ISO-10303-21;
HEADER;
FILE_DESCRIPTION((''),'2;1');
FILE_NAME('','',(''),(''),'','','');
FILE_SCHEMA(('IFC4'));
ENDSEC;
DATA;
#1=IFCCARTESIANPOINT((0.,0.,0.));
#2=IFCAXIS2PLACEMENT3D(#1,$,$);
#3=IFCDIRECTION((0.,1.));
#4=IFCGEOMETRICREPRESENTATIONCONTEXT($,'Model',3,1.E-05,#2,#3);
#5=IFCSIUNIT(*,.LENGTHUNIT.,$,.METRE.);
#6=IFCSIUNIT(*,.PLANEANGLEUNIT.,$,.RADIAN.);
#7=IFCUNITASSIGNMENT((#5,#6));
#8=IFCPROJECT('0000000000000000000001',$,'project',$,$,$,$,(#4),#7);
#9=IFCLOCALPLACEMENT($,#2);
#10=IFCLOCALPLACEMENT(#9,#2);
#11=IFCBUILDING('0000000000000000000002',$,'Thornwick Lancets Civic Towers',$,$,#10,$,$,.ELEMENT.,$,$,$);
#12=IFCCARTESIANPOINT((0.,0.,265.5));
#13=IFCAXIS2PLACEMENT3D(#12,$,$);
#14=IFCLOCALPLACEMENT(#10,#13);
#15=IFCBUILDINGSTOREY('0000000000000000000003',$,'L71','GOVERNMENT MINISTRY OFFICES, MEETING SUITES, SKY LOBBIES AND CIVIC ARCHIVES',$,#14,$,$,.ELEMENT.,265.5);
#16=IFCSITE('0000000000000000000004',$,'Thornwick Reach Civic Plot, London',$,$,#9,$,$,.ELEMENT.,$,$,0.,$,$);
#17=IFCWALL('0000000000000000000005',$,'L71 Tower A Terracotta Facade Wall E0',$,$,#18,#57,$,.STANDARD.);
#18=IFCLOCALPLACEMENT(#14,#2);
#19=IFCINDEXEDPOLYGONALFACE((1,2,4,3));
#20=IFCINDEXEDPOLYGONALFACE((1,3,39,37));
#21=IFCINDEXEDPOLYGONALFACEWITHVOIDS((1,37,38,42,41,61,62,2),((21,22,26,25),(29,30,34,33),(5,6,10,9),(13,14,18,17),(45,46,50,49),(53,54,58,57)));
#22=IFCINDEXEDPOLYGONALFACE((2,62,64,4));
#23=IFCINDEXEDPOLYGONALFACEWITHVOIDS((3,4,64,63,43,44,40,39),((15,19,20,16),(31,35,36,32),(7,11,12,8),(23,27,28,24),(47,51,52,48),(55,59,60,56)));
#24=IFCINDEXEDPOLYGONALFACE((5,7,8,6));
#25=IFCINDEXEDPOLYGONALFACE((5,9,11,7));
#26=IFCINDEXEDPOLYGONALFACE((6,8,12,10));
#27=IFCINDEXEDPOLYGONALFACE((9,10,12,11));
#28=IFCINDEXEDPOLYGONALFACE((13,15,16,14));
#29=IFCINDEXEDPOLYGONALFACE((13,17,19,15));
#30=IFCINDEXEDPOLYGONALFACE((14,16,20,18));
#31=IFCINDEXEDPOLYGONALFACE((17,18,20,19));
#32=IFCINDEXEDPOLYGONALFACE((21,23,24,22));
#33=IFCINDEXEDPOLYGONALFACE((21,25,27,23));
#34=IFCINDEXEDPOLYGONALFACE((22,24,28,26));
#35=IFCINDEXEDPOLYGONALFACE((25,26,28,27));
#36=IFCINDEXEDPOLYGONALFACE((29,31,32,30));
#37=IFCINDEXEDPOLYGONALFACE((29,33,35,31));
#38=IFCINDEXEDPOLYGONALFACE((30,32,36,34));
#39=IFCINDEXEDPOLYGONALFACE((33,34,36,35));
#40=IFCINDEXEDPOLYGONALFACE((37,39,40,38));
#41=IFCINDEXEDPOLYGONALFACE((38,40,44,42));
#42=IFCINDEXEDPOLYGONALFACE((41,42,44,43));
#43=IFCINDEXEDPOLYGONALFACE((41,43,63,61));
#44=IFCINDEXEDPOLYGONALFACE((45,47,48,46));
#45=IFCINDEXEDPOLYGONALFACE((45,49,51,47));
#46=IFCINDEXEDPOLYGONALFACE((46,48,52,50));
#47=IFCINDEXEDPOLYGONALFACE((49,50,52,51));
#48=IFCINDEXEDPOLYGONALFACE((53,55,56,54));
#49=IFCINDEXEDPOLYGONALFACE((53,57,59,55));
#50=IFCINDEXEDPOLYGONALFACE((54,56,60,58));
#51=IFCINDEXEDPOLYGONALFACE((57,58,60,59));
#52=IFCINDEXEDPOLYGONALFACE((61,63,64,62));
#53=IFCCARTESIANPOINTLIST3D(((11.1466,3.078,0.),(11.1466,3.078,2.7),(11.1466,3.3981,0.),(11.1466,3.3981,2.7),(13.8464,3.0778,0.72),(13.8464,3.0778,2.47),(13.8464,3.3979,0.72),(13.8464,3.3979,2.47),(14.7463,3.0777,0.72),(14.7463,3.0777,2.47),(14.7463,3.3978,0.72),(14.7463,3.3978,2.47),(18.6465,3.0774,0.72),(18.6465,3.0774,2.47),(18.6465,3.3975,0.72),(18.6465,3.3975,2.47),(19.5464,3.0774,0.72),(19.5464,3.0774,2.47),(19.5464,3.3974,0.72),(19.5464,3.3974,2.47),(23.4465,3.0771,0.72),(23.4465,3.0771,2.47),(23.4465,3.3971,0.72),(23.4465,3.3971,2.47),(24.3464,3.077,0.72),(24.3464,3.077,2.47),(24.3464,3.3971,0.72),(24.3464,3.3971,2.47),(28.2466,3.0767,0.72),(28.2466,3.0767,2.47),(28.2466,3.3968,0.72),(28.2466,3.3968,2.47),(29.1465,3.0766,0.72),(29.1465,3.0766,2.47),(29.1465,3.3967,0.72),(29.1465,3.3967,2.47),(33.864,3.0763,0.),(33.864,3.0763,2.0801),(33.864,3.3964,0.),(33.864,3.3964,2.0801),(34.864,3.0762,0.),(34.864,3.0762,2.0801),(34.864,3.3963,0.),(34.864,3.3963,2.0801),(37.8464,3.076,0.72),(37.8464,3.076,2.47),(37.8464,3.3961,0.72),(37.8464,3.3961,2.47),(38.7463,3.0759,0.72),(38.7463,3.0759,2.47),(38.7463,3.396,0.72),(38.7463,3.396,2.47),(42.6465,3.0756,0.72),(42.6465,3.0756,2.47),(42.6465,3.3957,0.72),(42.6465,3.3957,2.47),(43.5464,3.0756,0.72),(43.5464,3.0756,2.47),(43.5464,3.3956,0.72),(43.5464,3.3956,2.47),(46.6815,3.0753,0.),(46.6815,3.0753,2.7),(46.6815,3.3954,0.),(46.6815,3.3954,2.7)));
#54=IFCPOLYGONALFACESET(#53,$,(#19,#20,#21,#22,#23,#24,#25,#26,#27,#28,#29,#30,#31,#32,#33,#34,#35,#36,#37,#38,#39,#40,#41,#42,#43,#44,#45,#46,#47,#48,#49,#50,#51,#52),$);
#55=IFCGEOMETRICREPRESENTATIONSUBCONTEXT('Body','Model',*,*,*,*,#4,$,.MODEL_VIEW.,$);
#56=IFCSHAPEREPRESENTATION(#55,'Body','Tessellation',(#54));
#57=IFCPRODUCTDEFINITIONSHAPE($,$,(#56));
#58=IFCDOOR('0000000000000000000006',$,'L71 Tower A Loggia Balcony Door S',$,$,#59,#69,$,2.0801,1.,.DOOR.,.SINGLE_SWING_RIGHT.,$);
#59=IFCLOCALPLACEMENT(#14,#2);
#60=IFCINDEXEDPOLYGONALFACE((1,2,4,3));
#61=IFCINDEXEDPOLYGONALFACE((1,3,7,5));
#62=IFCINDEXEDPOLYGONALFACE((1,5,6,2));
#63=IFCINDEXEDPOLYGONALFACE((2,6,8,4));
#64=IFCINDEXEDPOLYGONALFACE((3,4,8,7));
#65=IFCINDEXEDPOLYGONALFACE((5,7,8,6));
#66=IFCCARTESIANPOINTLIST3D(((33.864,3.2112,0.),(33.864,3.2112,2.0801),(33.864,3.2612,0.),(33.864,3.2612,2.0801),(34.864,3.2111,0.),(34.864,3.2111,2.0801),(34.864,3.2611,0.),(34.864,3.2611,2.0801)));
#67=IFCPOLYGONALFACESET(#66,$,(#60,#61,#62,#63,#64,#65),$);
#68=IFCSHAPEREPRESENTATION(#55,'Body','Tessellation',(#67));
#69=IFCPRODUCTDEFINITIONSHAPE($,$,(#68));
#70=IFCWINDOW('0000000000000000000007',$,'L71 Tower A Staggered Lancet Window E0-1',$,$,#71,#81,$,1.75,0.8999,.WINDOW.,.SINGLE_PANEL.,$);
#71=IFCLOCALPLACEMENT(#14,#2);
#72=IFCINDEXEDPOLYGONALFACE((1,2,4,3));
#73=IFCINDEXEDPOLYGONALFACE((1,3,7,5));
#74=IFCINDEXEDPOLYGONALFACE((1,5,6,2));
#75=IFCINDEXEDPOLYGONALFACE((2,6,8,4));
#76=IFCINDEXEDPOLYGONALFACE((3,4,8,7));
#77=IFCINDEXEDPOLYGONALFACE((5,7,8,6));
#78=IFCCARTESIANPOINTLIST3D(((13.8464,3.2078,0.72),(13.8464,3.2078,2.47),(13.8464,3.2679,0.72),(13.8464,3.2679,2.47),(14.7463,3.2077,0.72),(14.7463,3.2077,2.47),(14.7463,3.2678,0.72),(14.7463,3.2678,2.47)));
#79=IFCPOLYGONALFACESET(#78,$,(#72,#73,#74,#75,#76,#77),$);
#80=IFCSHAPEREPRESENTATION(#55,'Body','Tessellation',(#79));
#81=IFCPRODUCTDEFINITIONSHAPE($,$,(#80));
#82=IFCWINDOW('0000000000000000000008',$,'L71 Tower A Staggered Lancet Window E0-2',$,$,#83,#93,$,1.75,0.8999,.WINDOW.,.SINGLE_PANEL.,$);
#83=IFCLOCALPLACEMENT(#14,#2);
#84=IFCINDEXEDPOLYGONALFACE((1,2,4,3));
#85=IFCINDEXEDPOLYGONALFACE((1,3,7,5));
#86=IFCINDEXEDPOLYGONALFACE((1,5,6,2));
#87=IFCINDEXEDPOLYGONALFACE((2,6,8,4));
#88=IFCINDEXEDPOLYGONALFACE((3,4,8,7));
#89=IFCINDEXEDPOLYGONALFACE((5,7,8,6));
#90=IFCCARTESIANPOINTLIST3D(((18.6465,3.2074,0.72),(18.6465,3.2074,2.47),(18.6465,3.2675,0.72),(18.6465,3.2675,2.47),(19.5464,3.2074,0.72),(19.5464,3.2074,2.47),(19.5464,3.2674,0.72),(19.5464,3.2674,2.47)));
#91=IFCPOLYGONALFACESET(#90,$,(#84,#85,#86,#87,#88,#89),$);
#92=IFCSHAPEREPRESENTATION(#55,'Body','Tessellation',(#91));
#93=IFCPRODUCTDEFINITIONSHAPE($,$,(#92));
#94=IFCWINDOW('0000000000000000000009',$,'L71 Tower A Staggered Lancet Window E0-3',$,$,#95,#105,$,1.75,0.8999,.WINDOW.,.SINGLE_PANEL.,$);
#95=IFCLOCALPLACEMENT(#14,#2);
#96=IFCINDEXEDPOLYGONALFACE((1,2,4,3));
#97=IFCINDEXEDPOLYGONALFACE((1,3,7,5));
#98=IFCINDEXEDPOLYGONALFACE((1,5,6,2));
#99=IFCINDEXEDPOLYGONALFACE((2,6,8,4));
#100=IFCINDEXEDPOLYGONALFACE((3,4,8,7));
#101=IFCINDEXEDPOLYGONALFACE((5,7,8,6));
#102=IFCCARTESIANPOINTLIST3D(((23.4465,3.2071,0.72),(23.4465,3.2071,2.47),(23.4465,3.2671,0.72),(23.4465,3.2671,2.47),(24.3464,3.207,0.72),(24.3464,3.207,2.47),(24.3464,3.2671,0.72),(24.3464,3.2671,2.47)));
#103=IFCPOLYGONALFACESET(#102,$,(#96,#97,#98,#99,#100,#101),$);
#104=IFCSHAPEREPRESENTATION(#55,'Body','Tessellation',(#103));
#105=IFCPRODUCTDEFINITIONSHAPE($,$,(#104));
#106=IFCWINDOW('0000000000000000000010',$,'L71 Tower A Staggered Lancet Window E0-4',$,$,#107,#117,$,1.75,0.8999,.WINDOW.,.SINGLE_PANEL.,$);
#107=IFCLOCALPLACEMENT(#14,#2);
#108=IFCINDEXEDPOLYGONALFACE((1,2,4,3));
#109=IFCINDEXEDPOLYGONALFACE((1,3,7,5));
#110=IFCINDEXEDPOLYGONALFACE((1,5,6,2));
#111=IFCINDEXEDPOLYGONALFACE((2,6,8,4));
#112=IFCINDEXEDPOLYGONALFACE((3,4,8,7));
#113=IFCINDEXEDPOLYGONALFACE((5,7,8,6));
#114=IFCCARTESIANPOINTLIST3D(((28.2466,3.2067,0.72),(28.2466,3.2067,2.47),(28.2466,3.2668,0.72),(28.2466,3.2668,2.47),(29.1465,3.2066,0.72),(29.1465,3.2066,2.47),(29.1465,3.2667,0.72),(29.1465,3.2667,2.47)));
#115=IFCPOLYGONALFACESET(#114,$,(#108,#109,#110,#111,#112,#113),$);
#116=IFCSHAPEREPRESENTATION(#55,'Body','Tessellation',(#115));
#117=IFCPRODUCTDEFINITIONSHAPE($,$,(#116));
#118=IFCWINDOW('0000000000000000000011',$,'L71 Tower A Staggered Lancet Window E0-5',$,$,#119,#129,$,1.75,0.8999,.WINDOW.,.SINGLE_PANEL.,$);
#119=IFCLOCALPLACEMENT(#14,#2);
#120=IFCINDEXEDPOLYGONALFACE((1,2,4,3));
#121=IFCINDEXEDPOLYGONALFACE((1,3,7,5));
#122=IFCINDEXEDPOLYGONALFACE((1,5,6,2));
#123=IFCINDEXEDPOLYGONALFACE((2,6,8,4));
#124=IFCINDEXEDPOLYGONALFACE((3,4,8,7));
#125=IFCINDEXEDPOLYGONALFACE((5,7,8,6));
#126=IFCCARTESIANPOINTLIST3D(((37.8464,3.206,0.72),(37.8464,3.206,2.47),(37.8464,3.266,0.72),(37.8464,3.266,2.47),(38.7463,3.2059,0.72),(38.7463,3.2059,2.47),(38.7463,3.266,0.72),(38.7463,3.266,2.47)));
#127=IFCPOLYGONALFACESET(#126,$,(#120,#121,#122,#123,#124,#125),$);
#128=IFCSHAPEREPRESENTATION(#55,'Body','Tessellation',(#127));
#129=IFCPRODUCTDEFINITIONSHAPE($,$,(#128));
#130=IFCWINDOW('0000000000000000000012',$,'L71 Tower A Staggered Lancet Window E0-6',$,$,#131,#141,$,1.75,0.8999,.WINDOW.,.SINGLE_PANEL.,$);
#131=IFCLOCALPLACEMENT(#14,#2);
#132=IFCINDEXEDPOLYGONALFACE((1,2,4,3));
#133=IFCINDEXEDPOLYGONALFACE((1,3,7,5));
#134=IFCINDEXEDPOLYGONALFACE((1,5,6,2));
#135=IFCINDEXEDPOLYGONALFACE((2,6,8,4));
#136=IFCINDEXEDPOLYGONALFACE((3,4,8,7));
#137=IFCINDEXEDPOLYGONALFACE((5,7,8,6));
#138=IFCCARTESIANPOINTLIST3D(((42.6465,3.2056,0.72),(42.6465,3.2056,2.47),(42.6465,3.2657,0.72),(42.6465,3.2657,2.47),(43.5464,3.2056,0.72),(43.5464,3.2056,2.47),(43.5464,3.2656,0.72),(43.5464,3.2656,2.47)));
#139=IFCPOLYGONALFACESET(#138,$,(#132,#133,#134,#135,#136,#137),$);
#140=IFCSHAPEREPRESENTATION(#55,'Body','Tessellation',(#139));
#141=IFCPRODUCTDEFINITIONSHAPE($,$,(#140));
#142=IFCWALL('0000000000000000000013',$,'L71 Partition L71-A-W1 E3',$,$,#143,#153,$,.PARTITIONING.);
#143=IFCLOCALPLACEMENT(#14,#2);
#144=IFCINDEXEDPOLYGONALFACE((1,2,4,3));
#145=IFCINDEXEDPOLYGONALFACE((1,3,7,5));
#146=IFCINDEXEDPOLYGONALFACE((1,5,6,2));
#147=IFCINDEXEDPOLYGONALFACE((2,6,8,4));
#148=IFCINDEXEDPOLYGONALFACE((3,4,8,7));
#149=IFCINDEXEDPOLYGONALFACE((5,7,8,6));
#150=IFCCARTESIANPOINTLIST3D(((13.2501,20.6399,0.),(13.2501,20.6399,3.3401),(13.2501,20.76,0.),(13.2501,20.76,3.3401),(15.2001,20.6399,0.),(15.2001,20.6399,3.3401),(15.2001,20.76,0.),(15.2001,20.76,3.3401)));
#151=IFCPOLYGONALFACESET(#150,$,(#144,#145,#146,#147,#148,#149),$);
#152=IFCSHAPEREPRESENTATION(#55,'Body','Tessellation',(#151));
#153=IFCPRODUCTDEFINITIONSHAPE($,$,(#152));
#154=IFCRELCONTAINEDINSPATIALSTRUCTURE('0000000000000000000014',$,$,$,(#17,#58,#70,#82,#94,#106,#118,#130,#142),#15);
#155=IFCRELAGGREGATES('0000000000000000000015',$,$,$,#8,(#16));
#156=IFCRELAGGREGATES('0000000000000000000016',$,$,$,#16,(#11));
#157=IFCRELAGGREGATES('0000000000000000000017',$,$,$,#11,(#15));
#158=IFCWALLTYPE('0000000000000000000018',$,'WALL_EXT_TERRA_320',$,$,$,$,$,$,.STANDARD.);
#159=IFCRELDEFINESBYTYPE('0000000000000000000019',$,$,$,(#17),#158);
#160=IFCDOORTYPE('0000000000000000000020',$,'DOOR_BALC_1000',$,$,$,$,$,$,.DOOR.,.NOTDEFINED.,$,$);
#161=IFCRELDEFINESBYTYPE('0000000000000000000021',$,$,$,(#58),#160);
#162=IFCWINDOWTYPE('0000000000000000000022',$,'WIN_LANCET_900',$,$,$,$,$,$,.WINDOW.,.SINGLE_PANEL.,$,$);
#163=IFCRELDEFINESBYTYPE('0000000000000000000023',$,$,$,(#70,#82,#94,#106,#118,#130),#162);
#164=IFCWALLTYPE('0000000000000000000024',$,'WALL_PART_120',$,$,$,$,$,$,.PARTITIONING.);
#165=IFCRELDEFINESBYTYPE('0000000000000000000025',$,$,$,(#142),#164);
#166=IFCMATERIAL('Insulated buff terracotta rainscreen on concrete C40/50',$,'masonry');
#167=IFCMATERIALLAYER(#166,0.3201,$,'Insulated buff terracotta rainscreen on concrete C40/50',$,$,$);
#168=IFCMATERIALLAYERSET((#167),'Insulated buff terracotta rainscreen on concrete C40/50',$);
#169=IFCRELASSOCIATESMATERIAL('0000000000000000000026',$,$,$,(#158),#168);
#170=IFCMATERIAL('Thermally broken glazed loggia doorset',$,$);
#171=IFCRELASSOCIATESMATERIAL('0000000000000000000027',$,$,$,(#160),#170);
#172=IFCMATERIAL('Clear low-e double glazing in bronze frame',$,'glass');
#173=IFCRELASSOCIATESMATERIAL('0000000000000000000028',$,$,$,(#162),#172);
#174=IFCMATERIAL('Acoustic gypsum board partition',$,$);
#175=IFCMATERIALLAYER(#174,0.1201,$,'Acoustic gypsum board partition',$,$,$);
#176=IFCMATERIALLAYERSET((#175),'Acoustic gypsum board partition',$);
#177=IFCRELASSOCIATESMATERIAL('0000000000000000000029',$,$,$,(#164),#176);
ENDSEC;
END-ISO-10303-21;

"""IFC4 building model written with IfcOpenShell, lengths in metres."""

from ifc_helpers import new_model, si_unit, direction, frame, frame_2d, origin, place, context, subcontext, project, spatial, rectangle, extrude, material, layer, layer_set, type_object, element, fill, save


model = new_model("IFC4")

# Units and contexts
model_context = context("Model", 3, precision=1e-05, world=origin(), true_north=direction((0.0, 1.0)))
body_context = subcontext(model_context, "Body", "Model", "MODEL_VIEW")
ifc_project = project(units=[si_unit("LENGTHUNIT", "METRE"), si_unit("PLANEANGLEUNIT", "RADIAN")], contexts=[model_context])

# Site, building, storey
site_placement = place(None, origin())
site = spatial("IfcSite", under=ifc_project, at=site_placement, Name="Thornwick Reach Civic Plot, London", CompositionType="ELEMENT", RefElevation=0.0)
building_placement = place(site_placement, origin())
building = spatial("IfcBuilding", under=site, at=building_placement, Name="Thornwick Lancets Civic Towers", CompositionType="ELEMENT")
storey_placement = place(building_placement, frame((0.0, 0.0, 265.5)))
storey = spatial("IfcBuildingStorey", under=building, at=storey_placement, Name="L71", Description="GOVERNMENT MINISTRY OFFICES, MEETING SUITES, SKY LOBBIES AND CIVIC ARCHIVES", CompositionType="ELEMENT", Elevation=265.5)

# Wall, openings, door, windows
ifc_material_1 = material(Name="Insulated buff terracotta rainscreen on concrete C40/50", Category="masonry")
ifc_layer_1 = layer(ifc_material_1, 0.3201, Name="Insulated buff terracotta rainscreen on concrete C40/50")
ifc_layer_set_1 = layer_set([ifc_layer_1], Name="Insulated buff terracotta rainscreen on concrete C40/50")
wall_type_1 = type_object("IfcWallType", Name="WALL_EXT_TERRA_320", PredefinedType="STANDARD", material=ifc_layer_set_1)
wall_1_placement = place(storey_placement, frame((11.1465, 3.238, 0.0), z_axis=(0.0, 0.0, 1.0), x_axis=(1.0, -0.000076, 0.0)))
wall_1 = element("IfcWall", 1, at=wall_1_placement, inside=storey, type_object=wall_type_1, Name="L71 Tower A Terracotta Facade Wall E0", PredefinedType="STANDARD", context=body_context, shape_type="SweptSolid", body=[
    extrude(rectangle(XDim=35.5349, YDim=0.3201, at=frame_2d((17.7676, 0.0))), origin(), (0.0, 0.0, 1.0), 2.7),
])
opening_1_placement = place(wall_1_placement, frame((22.7175, 0.0, 0.0)))
opening_1 = element("IfcOpeningElement", 2, at=opening_1_placement, cuts=wall_1, PredefinedType="OPENING", context=body_context, shape_type="SweptSolid", body=[
    extrude(rectangle(XDim=1.0, YDim=2.0801, at=frame_2d((0.5, 1.04))), frame((0.0, 0.1699, 0.0), z_axis=(0.0, -1.0, 0.0), x_axis=(1.0, 0.0, 0.0)), (0.0, 0.0, 1.0), 0.3401),
])
opening_2_placement = place(wall_1_placement, frame((2.7, 0.0, 0.72)))
opening_2 = element("IfcOpeningElement", 3, at=opening_2_placement, cuts=wall_1, PredefinedType="OPENING", context=body_context, shape_type="SweptSolid", body=[
    extrude(rectangle(XDim=0.8999, YDim=1.75, at=frame_2d((0.45, 0.875))), frame((0.0, 0.1699, 0.0), z_axis=(0.0, -1.0, 0.0), x_axis=(1.0, 0.0, 0.0)), (0.0, 0.0, 1.0), 0.3401),
])
opening_3_placement = place(wall_1_placement, frame((7.5, 0.0, 0.72)))
opening_3 = element("IfcOpeningElement", 4, at=opening_3_placement, cuts=wall_1, PredefinedType="OPENING", context=body_context, shape_type="SweptSolid", body=[
    extrude(rectangle(XDim=0.8999, YDim=1.75, at=frame_2d((0.45, 0.875))), frame((0.0, 0.1699, 0.0), z_axis=(0.0, -1.0, 0.0), x_axis=(1.0, 0.0, 0.0)), (0.0, 0.0, 1.0), 0.3401),
])
opening_4_placement = place(wall_1_placement, frame((12.3, 0.0, 0.72)))
opening_4 = element("IfcOpeningElement", 5, at=opening_4_placement, cuts=wall_1, PredefinedType="OPENING", context=body_context, shape_type="SweptSolid", body=[
    extrude(rectangle(XDim=0.8999, YDim=1.75, at=frame_2d((0.45, 0.875))), frame((0.0, 0.1699, 0.0), z_axis=(0.0, -1.0, 0.0), x_axis=(1.0, 0.0, 0.0)), (0.0, 0.0, 1.0), 0.3401),
])
opening_5_placement = place(wall_1_placement, frame((17.1001, 0.0, 0.72)))
opening_5 = element("IfcOpeningElement", 6, at=opening_5_placement, cuts=wall_1, PredefinedType="OPENING", context=body_context, shape_type="SweptSolid", body=[
    extrude(rectangle(XDim=0.8999, YDim=1.75, at=frame_2d((0.45, 0.875))), frame((0.0, 0.1699, 0.0), z_axis=(0.0, -1.0, 0.0), x_axis=(1.0, 0.0, 0.0)), (0.0, 0.0, 1.0), 0.3401),
])
opening_6_placement = place(wall_1_placement, frame((26.7, 0.0, 0.72)))
opening_6 = element("IfcOpeningElement", 7, at=opening_6_placement, cuts=wall_1, PredefinedType="OPENING", context=body_context, shape_type="SweptSolid", body=[
    extrude(rectangle(XDim=0.8999, YDim=1.75, at=frame_2d((0.45, 0.875))), frame((0.0, 0.1699, 0.0), z_axis=(0.0, -1.0, 0.0), x_axis=(1.0, 0.0, 0.0)), (0.0, 0.0, 1.0), 0.3401),
])
opening_7_placement = place(wall_1_placement, frame((31.5, 0.0, 0.72)))
opening_7 = element("IfcOpeningElement", 8, at=opening_7_placement, cuts=wall_1, PredefinedType="OPENING", context=body_context, shape_type="SweptSolid", body=[
    extrude(rectangle(XDim=0.8999, YDim=1.75, at=frame_2d((0.45, 0.875))), frame((0.0, 0.1699, 0.0), z_axis=(0.0, -1.0, 0.0), x_axis=(1.0, 0.0, 0.0)), (0.0, 0.0, 1.0), 0.3401),
])
ifc_material_2 = material(Name="Thermally broken glazed loggia doorset")
door_type = type_object("IfcDoorType", Name="DOOR_BALC_1000", OperationType="NOTDEFINED", PredefinedType="DOOR", material=ifc_material_2)
door_placement = place(opening_1_placement, origin())
door = element("IfcDoor", 9, at=door_placement, inside=storey, type_object=door_type, Name="L71 Tower A Loggia Balcony Door S", OperationType="SINGLE_SWING_RIGHT", OverallHeight=2.0801, OverallWidth=1.0, PredefinedType="DOOR", context=body_context, shape_type="SweptSolid", body=[
    extrude(rectangle(XDim=1.0, YDim=2.0801, at=frame_2d((0.5, 1.04))), frame((0.0, 0.0249, 0.0), z_axis=(0.0, -1.0, 0.0), x_axis=(1.0, 0.0, 0.0)), (0.0, 0.0, 1.0), 0.05),
])
fill(opening_1, door)
ifc_material_3 = material(Name="Clear low-e double glazing in bronze frame", Category="glass")
window_type = type_object("IfcWindowType", Name="WIN_LANCET_900", PartitioningType="SINGLE_PANEL", PredefinedType="WINDOW", material=ifc_material_3)
window_1_placement = place(opening_2_placement, origin())
window_1 = element("IfcWindow", 10, at=window_1_placement, inside=storey, type_object=window_type, Name="L71 Tower A Staggered Lancet Window E0-1", OverallHeight=1.75, OverallWidth=0.8999, PartitioningType="SINGLE_PANEL", PredefinedType="WINDOW", context=body_context, shape_type="SweptSolid", body=[
    extrude(rectangle(XDim=0.8999, YDim=1.75, at=frame_2d((0.45, 0.875))), frame((0.0, 0.03, 0.0), z_axis=(0.0, -1.0, 0.0), x_axis=(1.0, 0.0, 0.0)), (0.0, 0.0, 1.0), 0.0601),
])
fill(opening_2, window_1)
window_2_placement = place(opening_3_placement, origin())
window_2 = element("IfcWindow", 11, at=window_2_placement, inside=storey, type_object=window_type, Name="L71 Tower A Staggered Lancet Window E0-2", OverallHeight=1.75, OverallWidth=0.8999, PartitioningType="SINGLE_PANEL", PredefinedType="WINDOW", context=body_context, shape_type="SweptSolid", body=[
    extrude(rectangle(XDim=0.8999, YDim=1.75, at=frame_2d((0.45, 0.875))), frame((0.0, 0.03, 0.0), z_axis=(0.0, -1.0, 0.0), x_axis=(1.0, 0.0, 0.0)), (0.0, 0.0, 1.0), 0.0601),
])
fill(opening_3, window_2)
window_3_placement = place(opening_4_placement, origin())
window_3 = element("IfcWindow", 12, at=window_3_placement, inside=storey, type_object=window_type, Name="L71 Tower A Staggered Lancet Window E0-3", OverallHeight=1.75, OverallWidth=0.8999, PartitioningType="SINGLE_PANEL", PredefinedType="WINDOW", context=body_context, shape_type="SweptSolid", body=[
    extrude(rectangle(XDim=0.8999, YDim=1.75, at=frame_2d((0.45, 0.875))), frame((0.0, 0.03, 0.0), z_axis=(0.0, -1.0, 0.0), x_axis=(1.0, 0.0, 0.0)), (0.0, 0.0, 1.0), 0.0601),
])
fill(opening_4, window_3)
window_4_placement = place(opening_5_placement, origin())
window_4 = element("IfcWindow", 13, at=window_4_placement, inside=storey, type_object=window_type, Name="L71 Tower A Staggered Lancet Window E0-4", OverallHeight=1.75, OverallWidth=0.8999, PartitioningType="SINGLE_PANEL", PredefinedType="WINDOW", context=body_context, shape_type="SweptSolid", body=[
    extrude(rectangle(XDim=0.8999, YDim=1.75, at=frame_2d((0.45, 0.875))), frame((0.0, 0.03, 0.0), z_axis=(0.0, -1.0, 0.0), x_axis=(1.0, 0.0, 0.0)), (0.0, 0.0, 1.0), 0.0601),
])
fill(opening_5, window_4)
window_5_placement = place(opening_6_placement, origin())
window_5 = element("IfcWindow", 14, at=window_5_placement, inside=storey, type_object=window_type, Name="L71 Tower A Staggered Lancet Window E0-5", OverallHeight=1.75, OverallWidth=0.8999, PartitioningType="SINGLE_PANEL", PredefinedType="WINDOW", context=body_context, shape_type="SweptSolid", body=[
    extrude(rectangle(XDim=0.8999, YDim=1.75, at=frame_2d((0.45, 0.875))), frame((0.0, 0.03, 0.0), z_axis=(0.0, -1.0, 0.0), x_axis=(1.0, 0.0, 0.0)), (0.0, 0.0, 1.0), 0.0601),
])
fill(opening_6, window_5)
window_6_placement = place(opening_7_placement, origin())
window_6 = element("IfcWindow", 15, at=window_6_placement, inside=storey, type_object=window_type, Name="L71 Tower A Staggered Lancet Window E0-6", OverallHeight=1.75, OverallWidth=0.8999, PartitioningType="SINGLE_PANEL", PredefinedType="WINDOW", context=body_context, shape_type="SweptSolid", body=[
    extrude(rectangle(XDim=0.8999, YDim=1.75, at=frame_2d((0.45, 0.875))), frame((0.0, 0.03, 0.0), z_axis=(0.0, -1.0, 0.0), x_axis=(1.0, 0.0, 0.0)), (0.0, 0.0, 1.0), 0.0601),
])
fill(opening_7, window_6)

# Wall
ifc_material_4 = material(Name="Acoustic gypsum board partition")
ifc_layer_2 = layer(ifc_material_4, 0.1201, Name="Acoustic gypsum board partition")
ifc_layer_set_2 = layer_set([ifc_layer_2], Name="Acoustic gypsum board partition")
wall_type_2 = type_object("IfcWallType", Name="WALL_PART_120", PredefinedType="PARTITIONING", material=ifc_layer_set_2)
wall_2_placement = place(storey_placement, frame((13.25, 20.7, 0.0), z_axis=(0.0, 0.0, 1.0), x_axis=(1.0, 0.0, 0.0)))
element("IfcWall", 16, at=wall_2_placement, inside=storey, type_object=wall_type_2, Name="L71 Partition L71-A-W1 E3", PredefinedType="PARTITIONING", context=body_context, shape_type="SweptSolid", body=[
    extrude(rectangle(XDim=1.95, YDim=0.1201, at=frame_2d((0.9751, 0.0))), origin(), (0.0, 0.0, 1.0), 3.3401),
])

save(model, "model.ifc")
